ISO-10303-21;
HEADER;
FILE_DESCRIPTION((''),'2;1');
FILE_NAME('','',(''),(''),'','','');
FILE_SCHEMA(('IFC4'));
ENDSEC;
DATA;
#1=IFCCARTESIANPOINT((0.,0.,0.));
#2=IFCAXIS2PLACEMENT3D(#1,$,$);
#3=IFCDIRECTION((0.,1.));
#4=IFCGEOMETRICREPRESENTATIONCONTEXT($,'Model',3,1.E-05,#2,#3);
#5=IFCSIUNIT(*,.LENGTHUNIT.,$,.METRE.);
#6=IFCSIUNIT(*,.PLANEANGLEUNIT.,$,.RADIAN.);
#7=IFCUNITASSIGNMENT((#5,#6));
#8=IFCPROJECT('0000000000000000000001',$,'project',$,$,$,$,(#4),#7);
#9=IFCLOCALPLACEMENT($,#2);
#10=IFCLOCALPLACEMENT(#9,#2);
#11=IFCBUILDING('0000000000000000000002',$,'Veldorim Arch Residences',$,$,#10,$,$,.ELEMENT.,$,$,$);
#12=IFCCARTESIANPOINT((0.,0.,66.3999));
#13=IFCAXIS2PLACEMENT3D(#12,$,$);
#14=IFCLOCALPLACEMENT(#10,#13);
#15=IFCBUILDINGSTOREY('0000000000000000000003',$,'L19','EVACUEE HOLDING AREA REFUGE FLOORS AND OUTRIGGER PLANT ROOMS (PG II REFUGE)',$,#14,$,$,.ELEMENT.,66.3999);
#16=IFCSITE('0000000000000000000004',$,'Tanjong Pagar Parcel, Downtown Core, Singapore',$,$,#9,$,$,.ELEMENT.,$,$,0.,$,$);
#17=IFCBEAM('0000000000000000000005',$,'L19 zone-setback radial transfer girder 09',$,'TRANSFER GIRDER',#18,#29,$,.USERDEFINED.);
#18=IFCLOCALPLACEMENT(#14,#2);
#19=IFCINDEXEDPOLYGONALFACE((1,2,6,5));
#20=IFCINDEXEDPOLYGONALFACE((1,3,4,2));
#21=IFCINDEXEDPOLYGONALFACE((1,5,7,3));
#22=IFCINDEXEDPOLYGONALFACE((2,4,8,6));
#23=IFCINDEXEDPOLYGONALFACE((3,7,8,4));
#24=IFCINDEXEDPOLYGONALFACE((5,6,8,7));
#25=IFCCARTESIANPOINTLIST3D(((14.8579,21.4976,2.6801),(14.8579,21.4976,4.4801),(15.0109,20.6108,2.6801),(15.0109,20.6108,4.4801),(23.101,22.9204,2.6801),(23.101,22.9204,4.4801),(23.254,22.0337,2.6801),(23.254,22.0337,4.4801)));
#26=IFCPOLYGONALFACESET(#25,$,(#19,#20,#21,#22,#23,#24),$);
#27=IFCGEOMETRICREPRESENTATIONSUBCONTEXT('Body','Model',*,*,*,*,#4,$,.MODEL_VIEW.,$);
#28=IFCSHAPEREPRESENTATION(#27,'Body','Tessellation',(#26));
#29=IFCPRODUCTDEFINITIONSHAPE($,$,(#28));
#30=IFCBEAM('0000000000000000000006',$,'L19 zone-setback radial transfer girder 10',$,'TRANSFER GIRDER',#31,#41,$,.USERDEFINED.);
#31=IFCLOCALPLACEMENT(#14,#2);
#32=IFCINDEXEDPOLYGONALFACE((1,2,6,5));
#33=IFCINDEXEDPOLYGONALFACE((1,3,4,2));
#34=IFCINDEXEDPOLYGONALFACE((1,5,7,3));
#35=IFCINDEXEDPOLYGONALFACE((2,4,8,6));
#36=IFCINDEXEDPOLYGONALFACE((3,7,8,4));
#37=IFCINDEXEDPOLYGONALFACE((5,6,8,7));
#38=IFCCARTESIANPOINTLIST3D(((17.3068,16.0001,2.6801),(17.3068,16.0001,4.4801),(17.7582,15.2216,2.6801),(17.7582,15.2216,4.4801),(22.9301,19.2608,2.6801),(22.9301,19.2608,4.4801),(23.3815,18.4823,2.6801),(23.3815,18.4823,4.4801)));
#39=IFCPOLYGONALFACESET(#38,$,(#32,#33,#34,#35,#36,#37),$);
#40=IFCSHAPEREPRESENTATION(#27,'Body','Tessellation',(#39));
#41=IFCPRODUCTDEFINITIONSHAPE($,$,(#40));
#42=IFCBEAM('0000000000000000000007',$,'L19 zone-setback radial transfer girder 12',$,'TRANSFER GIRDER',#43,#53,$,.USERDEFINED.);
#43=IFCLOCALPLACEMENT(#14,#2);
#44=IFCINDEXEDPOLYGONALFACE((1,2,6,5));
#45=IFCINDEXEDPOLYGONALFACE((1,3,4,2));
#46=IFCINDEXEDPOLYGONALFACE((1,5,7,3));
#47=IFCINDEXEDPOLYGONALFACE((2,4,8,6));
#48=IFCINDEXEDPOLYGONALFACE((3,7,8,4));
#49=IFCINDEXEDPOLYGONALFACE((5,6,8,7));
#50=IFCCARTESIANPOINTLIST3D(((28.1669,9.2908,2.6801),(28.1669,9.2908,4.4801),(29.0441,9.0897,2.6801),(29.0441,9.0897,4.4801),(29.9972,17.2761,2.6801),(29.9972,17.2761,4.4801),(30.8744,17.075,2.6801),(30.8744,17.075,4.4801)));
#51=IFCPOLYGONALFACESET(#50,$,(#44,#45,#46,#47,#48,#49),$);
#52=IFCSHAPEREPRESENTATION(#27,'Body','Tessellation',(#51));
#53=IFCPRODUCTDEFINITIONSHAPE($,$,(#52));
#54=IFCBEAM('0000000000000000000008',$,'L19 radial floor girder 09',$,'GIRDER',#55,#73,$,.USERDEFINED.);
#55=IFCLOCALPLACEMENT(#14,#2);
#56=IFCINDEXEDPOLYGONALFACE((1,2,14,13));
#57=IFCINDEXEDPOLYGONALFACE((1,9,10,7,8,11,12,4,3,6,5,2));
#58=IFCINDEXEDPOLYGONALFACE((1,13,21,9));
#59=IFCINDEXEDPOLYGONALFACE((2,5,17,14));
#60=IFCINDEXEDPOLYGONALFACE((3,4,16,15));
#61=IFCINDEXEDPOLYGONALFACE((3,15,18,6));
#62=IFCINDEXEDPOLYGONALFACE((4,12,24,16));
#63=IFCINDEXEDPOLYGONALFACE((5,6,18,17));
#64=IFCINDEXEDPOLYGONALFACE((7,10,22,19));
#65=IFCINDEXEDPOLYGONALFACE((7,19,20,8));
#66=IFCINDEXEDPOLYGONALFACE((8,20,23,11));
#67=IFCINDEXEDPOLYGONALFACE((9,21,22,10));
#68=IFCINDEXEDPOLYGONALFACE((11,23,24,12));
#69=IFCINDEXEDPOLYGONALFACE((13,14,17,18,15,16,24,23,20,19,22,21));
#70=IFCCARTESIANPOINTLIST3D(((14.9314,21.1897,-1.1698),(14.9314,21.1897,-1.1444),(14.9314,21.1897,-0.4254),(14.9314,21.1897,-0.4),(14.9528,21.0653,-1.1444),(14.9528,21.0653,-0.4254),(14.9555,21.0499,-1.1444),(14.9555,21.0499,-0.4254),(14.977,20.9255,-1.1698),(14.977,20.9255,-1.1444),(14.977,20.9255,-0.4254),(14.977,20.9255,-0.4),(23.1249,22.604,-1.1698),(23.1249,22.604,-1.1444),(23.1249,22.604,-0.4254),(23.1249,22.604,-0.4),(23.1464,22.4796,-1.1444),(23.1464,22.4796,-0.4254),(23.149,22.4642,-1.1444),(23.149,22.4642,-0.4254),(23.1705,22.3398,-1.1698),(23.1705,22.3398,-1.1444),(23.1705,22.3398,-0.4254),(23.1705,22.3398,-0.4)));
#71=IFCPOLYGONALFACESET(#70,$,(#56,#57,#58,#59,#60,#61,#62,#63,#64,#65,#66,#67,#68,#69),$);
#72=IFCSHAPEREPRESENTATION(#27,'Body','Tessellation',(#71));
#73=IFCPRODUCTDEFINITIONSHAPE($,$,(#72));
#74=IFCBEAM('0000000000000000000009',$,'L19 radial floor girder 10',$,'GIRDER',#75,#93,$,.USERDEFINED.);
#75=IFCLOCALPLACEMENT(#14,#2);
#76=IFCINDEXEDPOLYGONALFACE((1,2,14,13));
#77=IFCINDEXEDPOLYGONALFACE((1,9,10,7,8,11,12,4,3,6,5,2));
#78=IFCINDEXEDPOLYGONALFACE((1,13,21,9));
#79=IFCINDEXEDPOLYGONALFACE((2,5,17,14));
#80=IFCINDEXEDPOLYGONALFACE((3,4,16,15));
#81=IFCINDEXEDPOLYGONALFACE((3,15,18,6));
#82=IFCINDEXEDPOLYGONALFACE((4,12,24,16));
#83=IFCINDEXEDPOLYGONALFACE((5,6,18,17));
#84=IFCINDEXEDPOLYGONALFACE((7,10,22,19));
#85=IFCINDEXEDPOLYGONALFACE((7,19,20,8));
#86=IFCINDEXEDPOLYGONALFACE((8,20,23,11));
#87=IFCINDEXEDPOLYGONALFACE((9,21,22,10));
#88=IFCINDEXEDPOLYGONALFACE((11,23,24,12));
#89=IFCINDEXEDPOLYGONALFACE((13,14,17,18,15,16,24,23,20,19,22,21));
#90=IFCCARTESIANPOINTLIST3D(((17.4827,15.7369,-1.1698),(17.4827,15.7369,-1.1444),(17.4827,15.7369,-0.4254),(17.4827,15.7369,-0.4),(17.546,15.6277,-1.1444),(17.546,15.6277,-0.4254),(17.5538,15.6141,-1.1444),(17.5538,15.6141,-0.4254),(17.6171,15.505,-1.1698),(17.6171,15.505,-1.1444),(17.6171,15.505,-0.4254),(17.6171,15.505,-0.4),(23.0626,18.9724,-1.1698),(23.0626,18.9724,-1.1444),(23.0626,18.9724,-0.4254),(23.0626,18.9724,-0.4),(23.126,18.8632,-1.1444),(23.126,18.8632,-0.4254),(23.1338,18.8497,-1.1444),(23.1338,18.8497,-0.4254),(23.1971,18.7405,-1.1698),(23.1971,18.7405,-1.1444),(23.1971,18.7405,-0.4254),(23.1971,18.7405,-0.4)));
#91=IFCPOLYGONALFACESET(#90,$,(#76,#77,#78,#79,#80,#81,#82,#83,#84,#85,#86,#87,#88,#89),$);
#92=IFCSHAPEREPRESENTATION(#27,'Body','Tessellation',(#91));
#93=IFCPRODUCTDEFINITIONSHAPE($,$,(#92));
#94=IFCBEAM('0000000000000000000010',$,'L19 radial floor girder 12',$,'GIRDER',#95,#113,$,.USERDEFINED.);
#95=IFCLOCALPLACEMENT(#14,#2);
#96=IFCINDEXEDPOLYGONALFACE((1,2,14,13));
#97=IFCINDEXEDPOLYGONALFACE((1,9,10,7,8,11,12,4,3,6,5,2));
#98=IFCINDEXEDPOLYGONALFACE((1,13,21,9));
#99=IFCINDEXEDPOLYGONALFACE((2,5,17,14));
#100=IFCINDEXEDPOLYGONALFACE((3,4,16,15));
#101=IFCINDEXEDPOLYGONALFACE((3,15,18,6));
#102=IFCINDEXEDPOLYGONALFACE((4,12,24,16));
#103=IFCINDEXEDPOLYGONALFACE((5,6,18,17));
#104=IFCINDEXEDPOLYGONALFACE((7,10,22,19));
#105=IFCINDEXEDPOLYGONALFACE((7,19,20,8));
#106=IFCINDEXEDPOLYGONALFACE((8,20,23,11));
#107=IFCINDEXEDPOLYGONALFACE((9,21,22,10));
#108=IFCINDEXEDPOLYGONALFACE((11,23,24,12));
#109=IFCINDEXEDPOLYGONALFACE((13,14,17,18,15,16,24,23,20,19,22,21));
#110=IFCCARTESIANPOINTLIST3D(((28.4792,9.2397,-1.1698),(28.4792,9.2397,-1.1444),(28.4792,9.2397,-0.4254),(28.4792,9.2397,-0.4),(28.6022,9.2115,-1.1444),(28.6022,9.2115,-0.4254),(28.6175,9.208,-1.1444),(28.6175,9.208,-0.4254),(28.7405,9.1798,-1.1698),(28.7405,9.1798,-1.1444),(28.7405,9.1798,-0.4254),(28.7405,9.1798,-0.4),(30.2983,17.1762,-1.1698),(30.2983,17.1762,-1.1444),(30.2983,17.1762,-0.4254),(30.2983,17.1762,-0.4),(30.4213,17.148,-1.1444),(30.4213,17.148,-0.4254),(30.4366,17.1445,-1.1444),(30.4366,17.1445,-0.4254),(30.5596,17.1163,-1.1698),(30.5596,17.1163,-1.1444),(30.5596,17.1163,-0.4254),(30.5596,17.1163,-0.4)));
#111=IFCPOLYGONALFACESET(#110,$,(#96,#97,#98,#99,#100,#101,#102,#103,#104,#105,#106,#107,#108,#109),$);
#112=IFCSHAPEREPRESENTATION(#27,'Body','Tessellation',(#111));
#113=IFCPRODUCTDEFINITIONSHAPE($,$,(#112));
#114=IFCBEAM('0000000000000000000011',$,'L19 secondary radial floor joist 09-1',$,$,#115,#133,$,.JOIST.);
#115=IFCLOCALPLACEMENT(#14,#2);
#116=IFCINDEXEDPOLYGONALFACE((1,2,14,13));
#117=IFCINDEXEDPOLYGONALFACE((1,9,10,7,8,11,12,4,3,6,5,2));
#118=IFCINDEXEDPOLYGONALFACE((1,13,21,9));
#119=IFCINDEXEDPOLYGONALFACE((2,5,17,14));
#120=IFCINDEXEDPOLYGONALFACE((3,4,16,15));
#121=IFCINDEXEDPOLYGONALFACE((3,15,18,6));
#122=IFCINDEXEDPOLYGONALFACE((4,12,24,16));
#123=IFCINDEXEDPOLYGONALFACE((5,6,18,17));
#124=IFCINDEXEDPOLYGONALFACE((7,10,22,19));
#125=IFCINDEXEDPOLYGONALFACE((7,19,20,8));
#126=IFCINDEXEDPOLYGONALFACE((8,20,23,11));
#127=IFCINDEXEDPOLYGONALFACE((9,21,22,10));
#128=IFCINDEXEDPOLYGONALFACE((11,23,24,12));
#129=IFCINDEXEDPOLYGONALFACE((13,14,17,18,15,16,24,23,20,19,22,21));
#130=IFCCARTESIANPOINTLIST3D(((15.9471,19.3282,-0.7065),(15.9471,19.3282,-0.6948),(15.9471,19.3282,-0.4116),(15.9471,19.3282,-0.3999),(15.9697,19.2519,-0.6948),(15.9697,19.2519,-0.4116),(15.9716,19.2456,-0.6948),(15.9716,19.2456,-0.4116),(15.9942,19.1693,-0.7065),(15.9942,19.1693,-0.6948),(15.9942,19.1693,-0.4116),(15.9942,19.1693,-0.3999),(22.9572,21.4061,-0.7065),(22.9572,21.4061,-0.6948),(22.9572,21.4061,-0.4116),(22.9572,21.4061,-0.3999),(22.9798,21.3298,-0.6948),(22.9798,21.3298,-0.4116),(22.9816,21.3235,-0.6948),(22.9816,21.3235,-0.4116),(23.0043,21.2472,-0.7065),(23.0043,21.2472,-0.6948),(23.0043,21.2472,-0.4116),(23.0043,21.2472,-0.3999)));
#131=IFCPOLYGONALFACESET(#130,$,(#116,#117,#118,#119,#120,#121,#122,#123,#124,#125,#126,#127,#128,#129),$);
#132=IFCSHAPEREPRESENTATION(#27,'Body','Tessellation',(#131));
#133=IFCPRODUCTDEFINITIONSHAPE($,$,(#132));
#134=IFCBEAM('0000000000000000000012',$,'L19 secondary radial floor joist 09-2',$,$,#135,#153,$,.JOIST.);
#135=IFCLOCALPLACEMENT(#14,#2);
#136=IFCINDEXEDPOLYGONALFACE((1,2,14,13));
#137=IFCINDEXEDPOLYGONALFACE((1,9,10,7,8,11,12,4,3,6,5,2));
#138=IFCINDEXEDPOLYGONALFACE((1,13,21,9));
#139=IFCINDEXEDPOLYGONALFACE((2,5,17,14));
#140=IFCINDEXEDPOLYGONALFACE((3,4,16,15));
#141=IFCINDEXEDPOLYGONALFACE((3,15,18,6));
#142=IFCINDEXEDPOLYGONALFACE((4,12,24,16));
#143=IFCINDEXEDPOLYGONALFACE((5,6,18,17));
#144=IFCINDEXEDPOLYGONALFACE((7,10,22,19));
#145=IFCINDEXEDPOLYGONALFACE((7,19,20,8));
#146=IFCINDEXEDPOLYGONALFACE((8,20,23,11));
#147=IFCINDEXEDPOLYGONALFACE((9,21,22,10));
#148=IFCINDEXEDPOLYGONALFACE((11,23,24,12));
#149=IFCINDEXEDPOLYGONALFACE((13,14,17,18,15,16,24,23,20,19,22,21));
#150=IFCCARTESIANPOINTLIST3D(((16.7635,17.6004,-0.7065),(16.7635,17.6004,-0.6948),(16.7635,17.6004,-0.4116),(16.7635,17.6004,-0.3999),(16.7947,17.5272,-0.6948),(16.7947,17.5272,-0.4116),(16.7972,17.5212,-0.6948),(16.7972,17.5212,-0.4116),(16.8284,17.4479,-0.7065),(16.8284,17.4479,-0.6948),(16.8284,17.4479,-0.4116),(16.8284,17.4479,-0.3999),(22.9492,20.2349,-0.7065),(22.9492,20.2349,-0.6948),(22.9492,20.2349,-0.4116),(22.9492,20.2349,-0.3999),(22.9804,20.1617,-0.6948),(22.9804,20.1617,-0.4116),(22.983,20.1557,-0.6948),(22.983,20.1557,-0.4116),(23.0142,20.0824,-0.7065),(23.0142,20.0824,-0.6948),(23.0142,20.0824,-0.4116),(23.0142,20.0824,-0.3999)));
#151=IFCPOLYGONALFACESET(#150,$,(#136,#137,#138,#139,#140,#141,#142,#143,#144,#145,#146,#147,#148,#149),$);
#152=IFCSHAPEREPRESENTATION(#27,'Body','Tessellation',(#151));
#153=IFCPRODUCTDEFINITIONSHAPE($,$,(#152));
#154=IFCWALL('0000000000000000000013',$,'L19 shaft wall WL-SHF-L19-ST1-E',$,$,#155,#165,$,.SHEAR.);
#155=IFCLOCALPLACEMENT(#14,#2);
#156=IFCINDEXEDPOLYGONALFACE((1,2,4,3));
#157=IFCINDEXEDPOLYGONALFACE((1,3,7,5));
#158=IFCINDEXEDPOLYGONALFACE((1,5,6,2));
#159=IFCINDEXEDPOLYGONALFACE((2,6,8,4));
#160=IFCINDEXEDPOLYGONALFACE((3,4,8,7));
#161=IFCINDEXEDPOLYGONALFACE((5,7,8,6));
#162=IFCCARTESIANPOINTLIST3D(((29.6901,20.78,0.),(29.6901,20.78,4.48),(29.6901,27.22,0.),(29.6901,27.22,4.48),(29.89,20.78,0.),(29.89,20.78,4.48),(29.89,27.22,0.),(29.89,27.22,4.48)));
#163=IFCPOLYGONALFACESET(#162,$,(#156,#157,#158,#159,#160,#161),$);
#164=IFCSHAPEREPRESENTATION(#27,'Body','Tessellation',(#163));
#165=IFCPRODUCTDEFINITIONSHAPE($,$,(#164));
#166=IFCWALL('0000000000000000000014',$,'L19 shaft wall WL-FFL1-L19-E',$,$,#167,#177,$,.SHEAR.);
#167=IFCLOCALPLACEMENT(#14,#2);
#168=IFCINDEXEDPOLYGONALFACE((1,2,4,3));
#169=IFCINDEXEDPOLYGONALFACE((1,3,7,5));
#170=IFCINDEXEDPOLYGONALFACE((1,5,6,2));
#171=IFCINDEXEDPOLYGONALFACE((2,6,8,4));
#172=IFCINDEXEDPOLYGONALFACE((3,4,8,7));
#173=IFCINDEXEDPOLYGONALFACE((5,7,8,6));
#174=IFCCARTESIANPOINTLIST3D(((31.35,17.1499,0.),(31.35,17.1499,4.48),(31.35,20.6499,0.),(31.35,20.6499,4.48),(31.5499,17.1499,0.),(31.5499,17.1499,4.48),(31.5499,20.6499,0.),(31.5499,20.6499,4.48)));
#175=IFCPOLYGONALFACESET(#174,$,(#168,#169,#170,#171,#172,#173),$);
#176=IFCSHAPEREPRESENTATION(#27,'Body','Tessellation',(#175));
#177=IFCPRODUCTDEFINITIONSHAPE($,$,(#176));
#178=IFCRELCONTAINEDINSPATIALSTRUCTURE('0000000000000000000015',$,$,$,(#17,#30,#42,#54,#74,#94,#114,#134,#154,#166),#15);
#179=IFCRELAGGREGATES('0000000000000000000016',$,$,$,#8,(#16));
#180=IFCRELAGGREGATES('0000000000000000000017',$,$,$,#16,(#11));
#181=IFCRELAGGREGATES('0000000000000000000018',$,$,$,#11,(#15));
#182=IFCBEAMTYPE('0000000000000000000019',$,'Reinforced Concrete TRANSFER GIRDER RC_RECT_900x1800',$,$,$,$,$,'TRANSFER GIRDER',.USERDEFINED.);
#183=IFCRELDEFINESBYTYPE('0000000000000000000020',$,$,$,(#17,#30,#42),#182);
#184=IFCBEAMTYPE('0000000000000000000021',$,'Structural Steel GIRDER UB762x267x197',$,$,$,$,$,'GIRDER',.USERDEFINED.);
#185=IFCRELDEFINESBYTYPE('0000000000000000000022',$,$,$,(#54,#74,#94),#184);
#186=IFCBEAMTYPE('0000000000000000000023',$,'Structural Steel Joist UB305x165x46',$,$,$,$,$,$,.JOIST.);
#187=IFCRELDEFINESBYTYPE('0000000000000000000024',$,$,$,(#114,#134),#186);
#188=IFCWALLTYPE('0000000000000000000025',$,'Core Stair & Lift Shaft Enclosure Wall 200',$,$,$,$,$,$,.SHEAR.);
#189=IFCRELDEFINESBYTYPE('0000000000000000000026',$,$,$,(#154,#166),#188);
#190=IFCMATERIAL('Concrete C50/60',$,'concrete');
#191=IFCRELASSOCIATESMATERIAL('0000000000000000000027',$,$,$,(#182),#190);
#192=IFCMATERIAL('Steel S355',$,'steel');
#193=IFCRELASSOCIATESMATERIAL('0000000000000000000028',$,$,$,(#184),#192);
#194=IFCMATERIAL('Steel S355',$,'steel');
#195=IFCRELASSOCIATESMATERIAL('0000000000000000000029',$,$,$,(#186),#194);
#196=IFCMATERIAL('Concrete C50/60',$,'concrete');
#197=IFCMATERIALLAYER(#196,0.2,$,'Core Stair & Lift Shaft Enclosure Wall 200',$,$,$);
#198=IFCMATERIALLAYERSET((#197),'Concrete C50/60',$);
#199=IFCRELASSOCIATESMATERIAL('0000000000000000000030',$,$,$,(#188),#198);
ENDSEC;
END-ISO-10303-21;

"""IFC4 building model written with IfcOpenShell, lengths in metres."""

from ifc_helpers import new_model, si_unit, direction, frame, frame_2d, origin, origin_2d, place, context, subcontext, project, spatial, rectangle, i_section, extrude, material, layer, layer_set, material_profile, profile_set, type_object, element, save


model = new_model("IFC4")

# Units and contexts
model_context = context("Model", 3, precision=1e-05, world=origin(), true_north=direction((0.0, 1.0)))
body_context = subcontext(model_context, "Body", "Model", "MODEL_VIEW")
ifc_project = project(units=[si_unit("LENGTHUNIT", "METRE"), si_unit("PLANEANGLEUNIT", "RADIAN")], contexts=[model_context])

# Site, building, storey
site_placement = place(None, origin())
site = spatial("IfcSite", under=ifc_project, at=site_placement, Name="Tanjong Pagar Parcel, Downtown Core, Singapore", CompositionType="ELEMENT", RefElevation=0.0)
building_placement = place(site_placement, origin())
building = spatial("IfcBuilding", under=site, at=building_placement, Name="Veldorim Arch Residences", CompositionType="ELEMENT")
storey_placement = place(building_placement, frame((0.0, 0.0, 66.3999)))
storey = spatial("IfcBuildingStorey", under=building, at=storey_placement, Name="L19", Description="EVACUEE HOLDING AREA REFUGE FLOORS AND OUTRIGGER PLANT ROOMS (PG II REFUGE)", CompositionType="ELEMENT", Elevation=66.3999)

# Beams
ifc_material_1 = material(Name="Concrete C50/60", Category="concrete")
ifc_material_profile_1 = material_profile(ifc_material_1, rectangle(XDim=0.8999, YDim=1.8, at=origin_2d()), Name="RC_RECT_900x1800")
ifc_profile_set_1 = profile_set([ifc_material_profile_1], Name="Concrete C50/60")
beam_type_1 = type_object("IfcBeamType", Name="Reinforced Concrete TRANSFER GIRDER RC_RECT_900x1800", ElementType="TRANSFER GIRDER", PredefinedType="USERDEFINED", material=ifc_profile_set_1)
beam_1_placement = place(storey_placement, frame((23.1775, 22.4771, 3.5801), z_axis=(-0.985428, -0.170095, 0.0), x_axis=(0.170095, -0.985428, 0.0)))
element("IfcBeam", 1, at=beam_1_placement, inside=storey, type_object=beam_type_1, Name="L19 zone-setback radial transfer girder 09", ObjectType="TRANSFER GIRDER", PredefinedType="USERDEFINED", context=body_context, shape_type="SweptSolid", body=[
    extrude(rectangle(XDim=0.8999, YDim=1.8, at=origin_2d()), origin(), (0.0, 0.0, 1.0), 8.365),
])
beam_2_placement = place(storey_placement, frame((23.1558, 18.8716, 3.5801), z_axis=(-0.865082, -0.50163, 0.0), x_axis=(0.50163, -0.865082, 0.0)))
element("IfcBeam", 2, at=beam_2_placement, inside=storey, type_object=beam_type_1, Name="L19 zone-setback radial transfer girder 10", ObjectType="TRANSFER GIRDER", PredefinedType="USERDEFINED", context=body_context, shape_type="SweptSolid", body=[
    extrude(rectangle(XDim=0.8999, YDim=1.8, at=origin_2d()), origin(), (0.0, 0.0, 1.0), 6.5002),
])
beam_3_placement = place(storey_placement, frame((30.4358, 17.1755, 3.5801), z_axis=(-0.223416, -0.974723, 0.0), x_axis=(0.974723, -0.223416, 0.0)))
element("IfcBeam", 3, at=beam_3_placement, inside=storey, type_object=beam_type_1, Name="L19 zone-setback radial transfer girder 12", ObjectType="TRANSFER GIRDER", PredefinedType="USERDEFINED", context=body_context, shape_type="SweptSolid", body=[
    extrude(rectangle(XDim=0.8999, YDim=1.8, at=origin_2d()), origin(), (0.0, 0.0, 1.0), 8.1924),
])
ifc_material_2 = material(Name="Steel S355", Category="steel")
ifc_material_profile_2 = material_profile(ifc_material_2, i_section(OverallWidth=0.2681, OverallDepth=0.7698, WebThickness=0.0156, FlangeThickness=0.0254, at=origin_2d()), Name="UB762x267x197")
ifc_profile_set_2 = profile_set([ifc_material_profile_2], Name="Steel S355")
beam_type_2 = type_object("IfcBeamType", Name="Structural Steel GIRDER UB762x267x197", ElementType="GIRDER", PredefinedType="USERDEFINED", material=ifc_profile_set_2)
beam_4_placement = place(storey_placement, frame((23.1477, 22.4719, -0.7849), z_axis=(-0.985428, -0.170096, 0.0), x_axis=(0.170096, -0.985428, 0.0)))
element("IfcBeam", 4, at=beam_4_placement, inside=storey, type_object=beam_type_2, Name="L19 radial floor girder 09", ObjectType="GIRDER", PredefinedType="USERDEFINED", context=body_context, shape_type="SweptSolid", body=[
    extrude(i_section(OverallWidth=0.2681, OverallDepth=0.7698, WebThickness=0.0156, FlangeThickness=0.0254, at=origin_2d()), origin(), (0.0, 0.0, 1.0), 8.3147),
])
beam_5_placement = place(storey_placement, frame((23.1299, 18.8564, -0.7849), z_axis=(-0.865088, -0.50162, 0.0), x_axis=(0.50162, -0.865088, 0.0)))
element("IfcBeam", 5, at=beam_5_placement, inside=storey, type_object=beam_type_2, Name="L19 radial floor girder 10", ObjectType="GIRDER", PredefinedType="USERDEFINED", context=body_context, shape_type="SweptSolid", body=[
    extrude(i_section(OverallWidth=0.2681, OverallDepth=0.7698, WebThickness=0.0156, FlangeThickness=0.0254, at=origin_2d()), origin(), (0.0, 0.0, 1.0), 6.4502),
])
beam_6_placement = place(storey_placement, frame((30.429, 17.1462, -0.7849), z_axis=(-0.223412, -0.974724, 0.0), x_axis=(0.974724, -0.223412, 0.0)))
element("IfcBeam", 6, at=beam_6_placement, inside=storey, type_object=beam_type_2, Name="L19 radial floor girder 12", ObjectType="GIRDER", PredefinedType="USERDEFINED", context=body_context, shape_type="SweptSolid", body=[
    extrude(i_section(OverallWidth=0.2681, OverallDepth=0.7698, WebThickness=0.0156, FlangeThickness=0.0254, at=origin_2d()), origin(), (0.0, 0.0, 1.0), 8.1423),
])
ifc_material_3 = material(Name="Steel S355", Category="steel")
ifc_material_profile_3 = material_profile(ifc_material_3, i_section(OverallWidth=0.1658, OverallDepth=0.3066, WebThickness=0.0066, FlangeThickness=0.0117, at=origin_2d()), Name="UB305x165x46")
ifc_profile_set_3 = profile_set([ifc_material_profile_3], Name="Steel S355")
beam_type_3 = type_object("IfcBeamType", Name="Structural Steel Joist UB305x165x46", PredefinedType="JOIST", material=ifc_profile_set_3)
beam_7_placement = place(storey_placement, frame((22.9807, 21.3267, -0.5532), z_axis=(-0.958767, -0.284194, 0.0), x_axis=(0.284194, -0.958767, 0.0)))
element("IfcBeam", 7, at=beam_7_placement, inside=storey, type_object=beam_type_3, Name="L19 secondary radial floor joist 09-1", PredefinedType="JOIST", context=body_context, shape_type="SweptSolid", body=[
    extrude(i_section(OverallWidth=0.1658, OverallDepth=0.3066, WebThickness=0.0066, FlangeThickness=0.0117, at=origin_2d()), origin(), (0.0, 0.0, 1.0), 7.3115),
])
beam_8_placement = place(storey_placement, frame((22.9817, 20.1587, -0.5532), z_axis=(-0.920033, -0.391841, 0.0), x_axis=(0.391841, -0.920033, 0.0)))
element("IfcBeam", 8, at=beam_8_placement, inside=storey, type_object=beam_type_3, Name="L19 secondary radial floor joist 09-2", PredefinedType="JOIST", context=body_context, shape_type="SweptSolid", body=[
    extrude(i_section(OverallWidth=0.1658, OverallDepth=0.3066, WebThickness=0.0066, FlangeThickness=0.0117, at=origin_2d()), origin(), (0.0, 0.0, 1.0), 6.7234),
])

# Wall
ifc_material_4 = material(Name="Concrete C50/60", Category="concrete")
ifc_layer_1 = layer(ifc_material_4, 0.2, Name="Core Stair & Lift Shaft Enclosure Wall 200")
ifc_layer_set_1 = layer_set([ifc_layer_1], Name="Concrete C50/60")
wall_type_1 = type_object("IfcWallType", Name="Core Stair & Lift Shaft Enclosure Wall 200", PredefinedType="SHEAR", material=ifc_layer_set_1)
wall_1_placement = place(storey_placement, frame((29.79, 20.78, 0.0), z_axis=(0.0, 0.0, 1.0), x_axis=(0.0, 1.0, 0.0)))
element("IfcWall", 9, at=wall_1_placement, inside=storey, type_object=wall_type_1, Name="L19 shaft wall WL-SHF-L19-ST1-E", PredefinedType="SHEAR", context=body_context, shape_type="SweptSolid", body=[
    extrude(rectangle(XDim=6.4399, YDim=0.2, at=frame_2d((3.22, 0.0))), origin(), (0.0, 0.0, 1.0), 4.48),
])

# Wall
wall_2_placement = place(storey_placement, frame((31.45, 17.1499, 0.0), z_axis=(0.0, 0.0, 1.0), x_axis=(0.0, 1.0, 0.0)))
element("IfcWall", 10, at=wall_2_placement, inside=storey, type_object=wall_type_1, Name="L19 shaft wall WL-FFL1-L19-E", PredefinedType="SHEAR", context=body_context, shape_type="SweptSolid", body=[
    extrude(rectangle(XDim=3.5, YDim=0.2, at=frame_2d((1.75, 0.0))), origin(), (0.0, 0.0, 1.0), 4.48),
])

save(model, "model.ifc")
